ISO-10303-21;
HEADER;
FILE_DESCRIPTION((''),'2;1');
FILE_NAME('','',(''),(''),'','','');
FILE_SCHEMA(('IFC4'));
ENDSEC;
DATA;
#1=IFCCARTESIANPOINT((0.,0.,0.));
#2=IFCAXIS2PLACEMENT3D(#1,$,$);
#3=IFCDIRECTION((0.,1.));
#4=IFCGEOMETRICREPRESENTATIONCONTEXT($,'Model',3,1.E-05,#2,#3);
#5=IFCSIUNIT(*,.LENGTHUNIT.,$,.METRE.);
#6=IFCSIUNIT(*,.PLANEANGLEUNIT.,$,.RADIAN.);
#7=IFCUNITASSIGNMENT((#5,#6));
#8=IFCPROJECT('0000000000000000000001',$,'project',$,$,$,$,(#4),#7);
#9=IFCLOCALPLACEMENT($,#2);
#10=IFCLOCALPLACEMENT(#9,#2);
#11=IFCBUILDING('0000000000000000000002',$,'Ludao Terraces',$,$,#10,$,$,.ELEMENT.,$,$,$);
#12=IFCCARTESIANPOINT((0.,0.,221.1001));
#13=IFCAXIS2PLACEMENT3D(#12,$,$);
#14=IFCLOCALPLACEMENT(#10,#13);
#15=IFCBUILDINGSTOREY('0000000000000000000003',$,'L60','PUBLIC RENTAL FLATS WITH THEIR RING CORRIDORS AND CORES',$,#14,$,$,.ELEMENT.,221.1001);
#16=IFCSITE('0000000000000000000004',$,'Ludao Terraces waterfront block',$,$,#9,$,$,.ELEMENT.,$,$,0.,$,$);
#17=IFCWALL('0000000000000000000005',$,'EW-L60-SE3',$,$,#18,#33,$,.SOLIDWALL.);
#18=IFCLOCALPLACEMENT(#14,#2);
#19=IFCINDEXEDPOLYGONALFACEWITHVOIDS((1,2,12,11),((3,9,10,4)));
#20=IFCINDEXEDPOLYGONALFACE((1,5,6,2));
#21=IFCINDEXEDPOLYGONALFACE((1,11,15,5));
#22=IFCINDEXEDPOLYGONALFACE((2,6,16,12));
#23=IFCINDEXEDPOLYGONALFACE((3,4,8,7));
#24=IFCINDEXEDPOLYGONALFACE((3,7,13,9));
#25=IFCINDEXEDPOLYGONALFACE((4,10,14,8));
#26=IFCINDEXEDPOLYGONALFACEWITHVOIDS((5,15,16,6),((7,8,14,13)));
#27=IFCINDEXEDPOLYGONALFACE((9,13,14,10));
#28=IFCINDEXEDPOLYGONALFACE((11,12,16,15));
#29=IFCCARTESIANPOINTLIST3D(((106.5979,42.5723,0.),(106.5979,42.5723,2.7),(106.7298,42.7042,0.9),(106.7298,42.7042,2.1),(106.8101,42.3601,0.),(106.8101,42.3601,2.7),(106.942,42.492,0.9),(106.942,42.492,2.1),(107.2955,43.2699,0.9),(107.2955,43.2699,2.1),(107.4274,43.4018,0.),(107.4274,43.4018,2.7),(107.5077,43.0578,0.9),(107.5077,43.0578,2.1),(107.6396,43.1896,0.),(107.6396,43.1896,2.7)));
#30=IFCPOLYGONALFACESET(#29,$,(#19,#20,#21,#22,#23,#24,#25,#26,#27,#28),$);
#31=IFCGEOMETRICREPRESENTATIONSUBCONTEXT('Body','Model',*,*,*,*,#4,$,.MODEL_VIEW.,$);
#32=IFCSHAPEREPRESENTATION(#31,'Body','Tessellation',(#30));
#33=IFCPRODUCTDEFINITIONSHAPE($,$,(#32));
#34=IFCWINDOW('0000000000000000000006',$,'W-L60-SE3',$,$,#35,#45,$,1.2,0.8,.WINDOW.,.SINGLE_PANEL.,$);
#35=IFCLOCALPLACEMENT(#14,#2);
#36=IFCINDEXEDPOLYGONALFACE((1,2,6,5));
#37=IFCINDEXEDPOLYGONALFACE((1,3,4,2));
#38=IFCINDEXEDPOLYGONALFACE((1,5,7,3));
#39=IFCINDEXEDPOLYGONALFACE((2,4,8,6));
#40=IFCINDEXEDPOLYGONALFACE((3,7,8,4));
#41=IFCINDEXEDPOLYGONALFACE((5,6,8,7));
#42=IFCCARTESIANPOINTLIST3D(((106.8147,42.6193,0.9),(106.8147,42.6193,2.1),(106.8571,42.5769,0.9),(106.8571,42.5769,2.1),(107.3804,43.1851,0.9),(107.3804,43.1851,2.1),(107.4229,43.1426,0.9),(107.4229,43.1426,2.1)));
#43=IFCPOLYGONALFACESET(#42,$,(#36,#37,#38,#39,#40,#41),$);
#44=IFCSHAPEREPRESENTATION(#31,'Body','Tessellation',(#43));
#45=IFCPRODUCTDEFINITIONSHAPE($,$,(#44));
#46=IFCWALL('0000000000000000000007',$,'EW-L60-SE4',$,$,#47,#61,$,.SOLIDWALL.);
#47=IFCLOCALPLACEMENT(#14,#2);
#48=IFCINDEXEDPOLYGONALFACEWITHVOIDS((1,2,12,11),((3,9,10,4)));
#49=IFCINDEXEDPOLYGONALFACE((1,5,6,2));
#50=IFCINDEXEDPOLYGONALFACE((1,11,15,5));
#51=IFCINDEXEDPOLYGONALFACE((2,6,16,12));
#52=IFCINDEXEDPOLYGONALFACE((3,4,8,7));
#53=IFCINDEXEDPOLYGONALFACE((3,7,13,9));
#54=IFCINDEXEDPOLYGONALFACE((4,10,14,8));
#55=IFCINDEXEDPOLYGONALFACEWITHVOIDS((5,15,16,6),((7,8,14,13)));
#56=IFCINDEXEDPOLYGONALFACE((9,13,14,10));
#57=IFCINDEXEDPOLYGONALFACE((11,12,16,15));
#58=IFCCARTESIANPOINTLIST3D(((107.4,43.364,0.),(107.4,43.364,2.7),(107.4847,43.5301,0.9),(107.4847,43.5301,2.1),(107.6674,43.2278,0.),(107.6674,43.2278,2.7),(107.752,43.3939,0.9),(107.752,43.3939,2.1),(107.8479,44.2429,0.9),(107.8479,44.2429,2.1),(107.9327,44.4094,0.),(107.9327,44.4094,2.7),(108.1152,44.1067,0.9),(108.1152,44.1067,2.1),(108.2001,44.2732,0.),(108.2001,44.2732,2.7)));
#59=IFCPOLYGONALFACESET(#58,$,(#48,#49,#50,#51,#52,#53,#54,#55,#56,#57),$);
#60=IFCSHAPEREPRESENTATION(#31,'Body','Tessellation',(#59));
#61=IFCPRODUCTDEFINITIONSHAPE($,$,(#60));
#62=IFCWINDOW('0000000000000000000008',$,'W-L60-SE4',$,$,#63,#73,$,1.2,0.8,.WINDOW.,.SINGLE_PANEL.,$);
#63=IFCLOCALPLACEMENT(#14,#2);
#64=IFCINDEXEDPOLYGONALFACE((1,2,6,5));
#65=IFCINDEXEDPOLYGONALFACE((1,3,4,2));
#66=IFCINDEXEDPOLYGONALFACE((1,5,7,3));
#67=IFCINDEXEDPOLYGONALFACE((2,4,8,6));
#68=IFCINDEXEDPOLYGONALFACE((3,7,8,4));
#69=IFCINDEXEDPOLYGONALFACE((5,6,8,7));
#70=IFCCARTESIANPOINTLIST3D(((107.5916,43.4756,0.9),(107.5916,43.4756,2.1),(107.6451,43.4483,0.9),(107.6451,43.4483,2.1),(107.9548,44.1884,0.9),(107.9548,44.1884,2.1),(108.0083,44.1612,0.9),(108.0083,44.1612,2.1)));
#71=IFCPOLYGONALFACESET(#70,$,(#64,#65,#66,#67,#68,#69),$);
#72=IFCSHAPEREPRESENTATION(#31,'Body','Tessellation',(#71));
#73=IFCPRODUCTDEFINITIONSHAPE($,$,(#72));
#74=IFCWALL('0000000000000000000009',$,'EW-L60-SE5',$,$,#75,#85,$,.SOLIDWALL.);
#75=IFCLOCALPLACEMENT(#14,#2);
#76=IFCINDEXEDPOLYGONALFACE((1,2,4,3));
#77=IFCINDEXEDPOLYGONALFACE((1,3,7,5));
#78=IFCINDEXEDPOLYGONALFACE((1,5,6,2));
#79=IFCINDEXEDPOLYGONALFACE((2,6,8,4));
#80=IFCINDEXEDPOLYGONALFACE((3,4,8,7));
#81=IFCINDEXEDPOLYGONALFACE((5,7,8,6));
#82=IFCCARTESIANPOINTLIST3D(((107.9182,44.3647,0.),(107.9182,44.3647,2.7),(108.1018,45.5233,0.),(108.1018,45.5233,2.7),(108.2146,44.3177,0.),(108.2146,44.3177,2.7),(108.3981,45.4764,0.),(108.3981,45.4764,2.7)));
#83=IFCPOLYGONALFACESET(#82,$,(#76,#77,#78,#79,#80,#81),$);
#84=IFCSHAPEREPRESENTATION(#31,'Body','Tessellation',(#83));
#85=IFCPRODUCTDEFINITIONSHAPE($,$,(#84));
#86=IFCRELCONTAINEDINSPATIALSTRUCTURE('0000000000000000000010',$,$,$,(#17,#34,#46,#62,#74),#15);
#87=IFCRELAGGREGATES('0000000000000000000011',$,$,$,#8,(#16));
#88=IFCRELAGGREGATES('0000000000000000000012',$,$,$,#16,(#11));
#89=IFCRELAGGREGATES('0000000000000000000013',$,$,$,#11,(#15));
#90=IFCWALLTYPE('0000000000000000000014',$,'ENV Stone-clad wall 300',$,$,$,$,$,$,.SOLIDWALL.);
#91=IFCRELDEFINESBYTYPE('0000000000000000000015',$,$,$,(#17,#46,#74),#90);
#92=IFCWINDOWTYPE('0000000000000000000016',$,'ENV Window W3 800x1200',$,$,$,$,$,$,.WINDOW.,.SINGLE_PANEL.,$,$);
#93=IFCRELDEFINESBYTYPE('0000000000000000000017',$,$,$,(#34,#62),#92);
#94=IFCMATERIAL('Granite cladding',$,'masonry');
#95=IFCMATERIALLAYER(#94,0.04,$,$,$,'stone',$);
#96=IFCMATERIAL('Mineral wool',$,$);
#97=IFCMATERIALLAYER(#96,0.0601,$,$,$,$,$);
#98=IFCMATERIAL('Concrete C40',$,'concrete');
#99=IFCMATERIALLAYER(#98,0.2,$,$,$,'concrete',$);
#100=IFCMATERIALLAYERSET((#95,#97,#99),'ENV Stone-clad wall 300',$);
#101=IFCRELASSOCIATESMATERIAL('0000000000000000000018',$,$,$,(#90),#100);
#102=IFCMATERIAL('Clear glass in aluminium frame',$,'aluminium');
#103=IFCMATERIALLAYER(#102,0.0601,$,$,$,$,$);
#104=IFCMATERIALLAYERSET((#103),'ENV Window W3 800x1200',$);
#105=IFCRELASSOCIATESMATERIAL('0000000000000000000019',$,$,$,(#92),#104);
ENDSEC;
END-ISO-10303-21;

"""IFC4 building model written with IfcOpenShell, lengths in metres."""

from ifc_helpers import new_model, si_unit, direction, frame, frame_2d, origin, place, context, subcontext, project, spatial, rectangle, extrude, material, layer, layer_set, type_object, element, fill, save


model = new_model("IFC4")

# Units and contexts
model_context = context("Model", 3, precision=1e-05, world=origin(), true_north=direction((0.0, 1.0)))
body_context = subcontext(model_context, "Body", "Model", "MODEL_VIEW")
ifc_project = project(units=[si_unit("LENGTHUNIT", "METRE"), si_unit("PLANEANGLEUNIT", "RADIAN")], contexts=[model_context])

# Site, building, storey
site_placement = place(None, origin())
site = spatial("IfcSite", under=ifc_project, at=site_placement, Name="Ludao Terraces waterfront block", CompositionType="ELEMENT", RefElevation=0.0)
building_placement = place(site_placement, origin())
building = spatial("IfcBuilding", under=site, at=building_placement, Name="Ludao Terraces", CompositionType="ELEMENT")
storey_placement = place(building_placement, frame((0.0, 0.0, 221.1001)))
storey = spatial("IfcBuildingStorey", under=building, at=storey_placement, Name="L60", Description="PUBLIC RENTAL FLATS WITH THEIR RING CORRIDORS AND CORES", CompositionType="ELEMENT", Elevation=221.1001)

# Shared definitions
ifc_material_1 = material(Name="Concrete C40", Category="concrete")

# Shared definitions
ifc_material_2 = material(Name="Granite cladding", Category="masonry")
ifc_layer_1 = layer(ifc_material_2, 0.04, Category="stone")
ifc_material_3 = material(Name="Mineral wool")
ifc_layer_2 = layer(ifc_material_3, 0.0601)
ifc_layer_3 = layer(ifc_material_1, 0.2, Category="concrete")
ifc_layer_set_1 = layer_set([ifc_layer_1, ifc_layer_2, ifc_layer_3], Name="ENV Stone-clad wall 300")
wall_type_1 = type_object("IfcWallType", Name="ENV Stone-clad wall 300", PredefinedType="SOLIDWALL", material=ifc_layer_set_1)
ifc_material_4 = material(Name="Clear glass in aluminium frame", Category="aluminium")

# Walls, openings, windows
ifc_layer_4 = layer(ifc_material_4, 0.0601)
ifc_layer_set_2 = layer_set([ifc_layer_4], Name="ENV Window W3 800x1200")
window_type_1 = type_object("IfcWindowType", Name="ENV Window W3 800x1200", PartitioningType="SINGLE_PANEL", PredefinedType="WINDOW", material=ifc_layer_set_2)
wall_1_placement = place(storey_placement, frame((106.7041, 42.4663, 0.0), z_axis=(0.0, 0.0, 1.0), x_axis=(0.707107, 0.707107, 0.0)))
wall_1 = element("IfcWall", 1, at=wall_1_placement, inside=storey, type_object=wall_type_1, Name="EW-L60-SE3", PredefinedType="SOLIDWALL", context=body_context, shape_type="SweptSolid", body=[
    extrude(rectangle(XDim=1.1731, YDim=0.3, at=frame_2d((0.5864, 0.0))), origin(), (0.0, 0.0, 1.0), 2.7),
])
opening_1_placement = place(wall_1_placement, frame((0.1865, 0.0, 0.8999)))
opening_1 = element("IfcOpeningElement", 2, at=opening_1_placement, cuts=wall_1, PredefinedType="OPENING", context=body_context, shape_type="SweptSolid", body=[
    extrude(rectangle(XDim=0.8, YDim=1.2, at=frame_2d((0.3999, 0.6001))), frame((0.0, 0.1602, 0.0), z_axis=(0.0, -1.0, 0.0), x_axis=(1.0, 0.0, 0.0)), (0.0, 0.0, 1.0), 0.3201),
])
window_1_placement = place(opening_1_placement, origin())
window_1 = element("IfcWindow", 3, at=window_1_placement, inside=storey, type_object=window_type_1, Name="W-L60-SE3", OverallHeight=1.2, OverallWidth=0.8, PartitioningType="SINGLE_PANEL", PredefinedType="WINDOW", context=body_context, shape_type="SweptSolid", body=[
    extrude(rectangle(XDim=0.8, YDim=1.2, at=frame_2d((0.3999, 0.6001))), frame((0.0, 0.03, 0.0), z_axis=(0.0, -1.0, 0.0), x_axis=(1.0, 0.0, 0.0)), (0.0, 0.0, 1.0), 0.0601),
])
fill(opening_1, window_1)
wall_2_placement = place(storey_placement, frame((107.5337, 43.2959, 0.0), z_axis=(0.0, 0.0, 1.0), x_axis=(0.454026, 0.890989, 0.0)))
wall_2 = element("IfcWall", 4, at=wall_2_placement, inside=storey, type_object=wall_type_1, Name="EW-L60-SE4", PredefinedType="SOLIDWALL", context=body_context, shape_type="SweptSolid", body=[
    extrude(rectangle(XDim=1.1733, YDim=0.3, at=frame_2d((0.5867, 0.0))), origin(), (0.0, 0.0, 1.0), 2.7),
])
opening_2_placement = place(wall_2_placement, frame((0.1865, 0.0, 0.8999)))
opening_2 = element("IfcOpeningElement", 5, at=opening_2_placement, cuts=wall_2, PredefinedType="OPENING", context=body_context, shape_type="SweptSolid", body=[
    extrude(rectangle(XDim=0.8, YDim=1.2, at=frame_2d((0.3999, 0.6001))), frame((0.0, 0.1602, 0.0), z_axis=(0.0, -1.0, 0.0), x_axis=(1.0, 0.0, 0.0)), (0.0, 0.0, 1.0), 0.3201),
])
window_2_placement = place(opening_2_placement, origin())
window_2 = element("IfcWindow", 6, at=window_2_placement, inside=storey, type_object=window_type_1, Name="W-L60-SE4", OverallHeight=1.2, OverallWidth=0.8, PartitioningType="SINGLE_PANEL", PredefinedType="WINDOW", context=body_context, shape_type="SweptSolid", body=[
    extrude(rectangle(XDim=0.8, YDim=1.2, at=frame_2d((0.3999, 0.6001))), frame((0.0, 0.03, 0.0), z_axis=(0.0, -1.0, 0.0), x_axis=(1.0, 0.0, 0.0)), (0.0, 0.0, 1.0), 0.0601),
])
fill(opening_2, window_2)

# Wall
wall_3_placement = place(storey_placement, frame((108.0664, 44.3413, 0.0), z_axis=(0.0, 0.0, 1.0), x_axis=(0.156497, 0.987678, 0.0)))
element("IfcWall", 7, at=wall_3_placement, inside=storey, type_object=wall_type_1, Name="EW-L60-SE5", PredefinedType="SOLIDWALL", context=body_context, shape_type="SweptSolid", body=[
    extrude(rectangle(XDim=1.1731, YDim=0.3, at=frame_2d((0.5864, 0.0))), origin(), (0.0, 0.0, 1.0), 2.7),
])

save(model, "model.ifc")
